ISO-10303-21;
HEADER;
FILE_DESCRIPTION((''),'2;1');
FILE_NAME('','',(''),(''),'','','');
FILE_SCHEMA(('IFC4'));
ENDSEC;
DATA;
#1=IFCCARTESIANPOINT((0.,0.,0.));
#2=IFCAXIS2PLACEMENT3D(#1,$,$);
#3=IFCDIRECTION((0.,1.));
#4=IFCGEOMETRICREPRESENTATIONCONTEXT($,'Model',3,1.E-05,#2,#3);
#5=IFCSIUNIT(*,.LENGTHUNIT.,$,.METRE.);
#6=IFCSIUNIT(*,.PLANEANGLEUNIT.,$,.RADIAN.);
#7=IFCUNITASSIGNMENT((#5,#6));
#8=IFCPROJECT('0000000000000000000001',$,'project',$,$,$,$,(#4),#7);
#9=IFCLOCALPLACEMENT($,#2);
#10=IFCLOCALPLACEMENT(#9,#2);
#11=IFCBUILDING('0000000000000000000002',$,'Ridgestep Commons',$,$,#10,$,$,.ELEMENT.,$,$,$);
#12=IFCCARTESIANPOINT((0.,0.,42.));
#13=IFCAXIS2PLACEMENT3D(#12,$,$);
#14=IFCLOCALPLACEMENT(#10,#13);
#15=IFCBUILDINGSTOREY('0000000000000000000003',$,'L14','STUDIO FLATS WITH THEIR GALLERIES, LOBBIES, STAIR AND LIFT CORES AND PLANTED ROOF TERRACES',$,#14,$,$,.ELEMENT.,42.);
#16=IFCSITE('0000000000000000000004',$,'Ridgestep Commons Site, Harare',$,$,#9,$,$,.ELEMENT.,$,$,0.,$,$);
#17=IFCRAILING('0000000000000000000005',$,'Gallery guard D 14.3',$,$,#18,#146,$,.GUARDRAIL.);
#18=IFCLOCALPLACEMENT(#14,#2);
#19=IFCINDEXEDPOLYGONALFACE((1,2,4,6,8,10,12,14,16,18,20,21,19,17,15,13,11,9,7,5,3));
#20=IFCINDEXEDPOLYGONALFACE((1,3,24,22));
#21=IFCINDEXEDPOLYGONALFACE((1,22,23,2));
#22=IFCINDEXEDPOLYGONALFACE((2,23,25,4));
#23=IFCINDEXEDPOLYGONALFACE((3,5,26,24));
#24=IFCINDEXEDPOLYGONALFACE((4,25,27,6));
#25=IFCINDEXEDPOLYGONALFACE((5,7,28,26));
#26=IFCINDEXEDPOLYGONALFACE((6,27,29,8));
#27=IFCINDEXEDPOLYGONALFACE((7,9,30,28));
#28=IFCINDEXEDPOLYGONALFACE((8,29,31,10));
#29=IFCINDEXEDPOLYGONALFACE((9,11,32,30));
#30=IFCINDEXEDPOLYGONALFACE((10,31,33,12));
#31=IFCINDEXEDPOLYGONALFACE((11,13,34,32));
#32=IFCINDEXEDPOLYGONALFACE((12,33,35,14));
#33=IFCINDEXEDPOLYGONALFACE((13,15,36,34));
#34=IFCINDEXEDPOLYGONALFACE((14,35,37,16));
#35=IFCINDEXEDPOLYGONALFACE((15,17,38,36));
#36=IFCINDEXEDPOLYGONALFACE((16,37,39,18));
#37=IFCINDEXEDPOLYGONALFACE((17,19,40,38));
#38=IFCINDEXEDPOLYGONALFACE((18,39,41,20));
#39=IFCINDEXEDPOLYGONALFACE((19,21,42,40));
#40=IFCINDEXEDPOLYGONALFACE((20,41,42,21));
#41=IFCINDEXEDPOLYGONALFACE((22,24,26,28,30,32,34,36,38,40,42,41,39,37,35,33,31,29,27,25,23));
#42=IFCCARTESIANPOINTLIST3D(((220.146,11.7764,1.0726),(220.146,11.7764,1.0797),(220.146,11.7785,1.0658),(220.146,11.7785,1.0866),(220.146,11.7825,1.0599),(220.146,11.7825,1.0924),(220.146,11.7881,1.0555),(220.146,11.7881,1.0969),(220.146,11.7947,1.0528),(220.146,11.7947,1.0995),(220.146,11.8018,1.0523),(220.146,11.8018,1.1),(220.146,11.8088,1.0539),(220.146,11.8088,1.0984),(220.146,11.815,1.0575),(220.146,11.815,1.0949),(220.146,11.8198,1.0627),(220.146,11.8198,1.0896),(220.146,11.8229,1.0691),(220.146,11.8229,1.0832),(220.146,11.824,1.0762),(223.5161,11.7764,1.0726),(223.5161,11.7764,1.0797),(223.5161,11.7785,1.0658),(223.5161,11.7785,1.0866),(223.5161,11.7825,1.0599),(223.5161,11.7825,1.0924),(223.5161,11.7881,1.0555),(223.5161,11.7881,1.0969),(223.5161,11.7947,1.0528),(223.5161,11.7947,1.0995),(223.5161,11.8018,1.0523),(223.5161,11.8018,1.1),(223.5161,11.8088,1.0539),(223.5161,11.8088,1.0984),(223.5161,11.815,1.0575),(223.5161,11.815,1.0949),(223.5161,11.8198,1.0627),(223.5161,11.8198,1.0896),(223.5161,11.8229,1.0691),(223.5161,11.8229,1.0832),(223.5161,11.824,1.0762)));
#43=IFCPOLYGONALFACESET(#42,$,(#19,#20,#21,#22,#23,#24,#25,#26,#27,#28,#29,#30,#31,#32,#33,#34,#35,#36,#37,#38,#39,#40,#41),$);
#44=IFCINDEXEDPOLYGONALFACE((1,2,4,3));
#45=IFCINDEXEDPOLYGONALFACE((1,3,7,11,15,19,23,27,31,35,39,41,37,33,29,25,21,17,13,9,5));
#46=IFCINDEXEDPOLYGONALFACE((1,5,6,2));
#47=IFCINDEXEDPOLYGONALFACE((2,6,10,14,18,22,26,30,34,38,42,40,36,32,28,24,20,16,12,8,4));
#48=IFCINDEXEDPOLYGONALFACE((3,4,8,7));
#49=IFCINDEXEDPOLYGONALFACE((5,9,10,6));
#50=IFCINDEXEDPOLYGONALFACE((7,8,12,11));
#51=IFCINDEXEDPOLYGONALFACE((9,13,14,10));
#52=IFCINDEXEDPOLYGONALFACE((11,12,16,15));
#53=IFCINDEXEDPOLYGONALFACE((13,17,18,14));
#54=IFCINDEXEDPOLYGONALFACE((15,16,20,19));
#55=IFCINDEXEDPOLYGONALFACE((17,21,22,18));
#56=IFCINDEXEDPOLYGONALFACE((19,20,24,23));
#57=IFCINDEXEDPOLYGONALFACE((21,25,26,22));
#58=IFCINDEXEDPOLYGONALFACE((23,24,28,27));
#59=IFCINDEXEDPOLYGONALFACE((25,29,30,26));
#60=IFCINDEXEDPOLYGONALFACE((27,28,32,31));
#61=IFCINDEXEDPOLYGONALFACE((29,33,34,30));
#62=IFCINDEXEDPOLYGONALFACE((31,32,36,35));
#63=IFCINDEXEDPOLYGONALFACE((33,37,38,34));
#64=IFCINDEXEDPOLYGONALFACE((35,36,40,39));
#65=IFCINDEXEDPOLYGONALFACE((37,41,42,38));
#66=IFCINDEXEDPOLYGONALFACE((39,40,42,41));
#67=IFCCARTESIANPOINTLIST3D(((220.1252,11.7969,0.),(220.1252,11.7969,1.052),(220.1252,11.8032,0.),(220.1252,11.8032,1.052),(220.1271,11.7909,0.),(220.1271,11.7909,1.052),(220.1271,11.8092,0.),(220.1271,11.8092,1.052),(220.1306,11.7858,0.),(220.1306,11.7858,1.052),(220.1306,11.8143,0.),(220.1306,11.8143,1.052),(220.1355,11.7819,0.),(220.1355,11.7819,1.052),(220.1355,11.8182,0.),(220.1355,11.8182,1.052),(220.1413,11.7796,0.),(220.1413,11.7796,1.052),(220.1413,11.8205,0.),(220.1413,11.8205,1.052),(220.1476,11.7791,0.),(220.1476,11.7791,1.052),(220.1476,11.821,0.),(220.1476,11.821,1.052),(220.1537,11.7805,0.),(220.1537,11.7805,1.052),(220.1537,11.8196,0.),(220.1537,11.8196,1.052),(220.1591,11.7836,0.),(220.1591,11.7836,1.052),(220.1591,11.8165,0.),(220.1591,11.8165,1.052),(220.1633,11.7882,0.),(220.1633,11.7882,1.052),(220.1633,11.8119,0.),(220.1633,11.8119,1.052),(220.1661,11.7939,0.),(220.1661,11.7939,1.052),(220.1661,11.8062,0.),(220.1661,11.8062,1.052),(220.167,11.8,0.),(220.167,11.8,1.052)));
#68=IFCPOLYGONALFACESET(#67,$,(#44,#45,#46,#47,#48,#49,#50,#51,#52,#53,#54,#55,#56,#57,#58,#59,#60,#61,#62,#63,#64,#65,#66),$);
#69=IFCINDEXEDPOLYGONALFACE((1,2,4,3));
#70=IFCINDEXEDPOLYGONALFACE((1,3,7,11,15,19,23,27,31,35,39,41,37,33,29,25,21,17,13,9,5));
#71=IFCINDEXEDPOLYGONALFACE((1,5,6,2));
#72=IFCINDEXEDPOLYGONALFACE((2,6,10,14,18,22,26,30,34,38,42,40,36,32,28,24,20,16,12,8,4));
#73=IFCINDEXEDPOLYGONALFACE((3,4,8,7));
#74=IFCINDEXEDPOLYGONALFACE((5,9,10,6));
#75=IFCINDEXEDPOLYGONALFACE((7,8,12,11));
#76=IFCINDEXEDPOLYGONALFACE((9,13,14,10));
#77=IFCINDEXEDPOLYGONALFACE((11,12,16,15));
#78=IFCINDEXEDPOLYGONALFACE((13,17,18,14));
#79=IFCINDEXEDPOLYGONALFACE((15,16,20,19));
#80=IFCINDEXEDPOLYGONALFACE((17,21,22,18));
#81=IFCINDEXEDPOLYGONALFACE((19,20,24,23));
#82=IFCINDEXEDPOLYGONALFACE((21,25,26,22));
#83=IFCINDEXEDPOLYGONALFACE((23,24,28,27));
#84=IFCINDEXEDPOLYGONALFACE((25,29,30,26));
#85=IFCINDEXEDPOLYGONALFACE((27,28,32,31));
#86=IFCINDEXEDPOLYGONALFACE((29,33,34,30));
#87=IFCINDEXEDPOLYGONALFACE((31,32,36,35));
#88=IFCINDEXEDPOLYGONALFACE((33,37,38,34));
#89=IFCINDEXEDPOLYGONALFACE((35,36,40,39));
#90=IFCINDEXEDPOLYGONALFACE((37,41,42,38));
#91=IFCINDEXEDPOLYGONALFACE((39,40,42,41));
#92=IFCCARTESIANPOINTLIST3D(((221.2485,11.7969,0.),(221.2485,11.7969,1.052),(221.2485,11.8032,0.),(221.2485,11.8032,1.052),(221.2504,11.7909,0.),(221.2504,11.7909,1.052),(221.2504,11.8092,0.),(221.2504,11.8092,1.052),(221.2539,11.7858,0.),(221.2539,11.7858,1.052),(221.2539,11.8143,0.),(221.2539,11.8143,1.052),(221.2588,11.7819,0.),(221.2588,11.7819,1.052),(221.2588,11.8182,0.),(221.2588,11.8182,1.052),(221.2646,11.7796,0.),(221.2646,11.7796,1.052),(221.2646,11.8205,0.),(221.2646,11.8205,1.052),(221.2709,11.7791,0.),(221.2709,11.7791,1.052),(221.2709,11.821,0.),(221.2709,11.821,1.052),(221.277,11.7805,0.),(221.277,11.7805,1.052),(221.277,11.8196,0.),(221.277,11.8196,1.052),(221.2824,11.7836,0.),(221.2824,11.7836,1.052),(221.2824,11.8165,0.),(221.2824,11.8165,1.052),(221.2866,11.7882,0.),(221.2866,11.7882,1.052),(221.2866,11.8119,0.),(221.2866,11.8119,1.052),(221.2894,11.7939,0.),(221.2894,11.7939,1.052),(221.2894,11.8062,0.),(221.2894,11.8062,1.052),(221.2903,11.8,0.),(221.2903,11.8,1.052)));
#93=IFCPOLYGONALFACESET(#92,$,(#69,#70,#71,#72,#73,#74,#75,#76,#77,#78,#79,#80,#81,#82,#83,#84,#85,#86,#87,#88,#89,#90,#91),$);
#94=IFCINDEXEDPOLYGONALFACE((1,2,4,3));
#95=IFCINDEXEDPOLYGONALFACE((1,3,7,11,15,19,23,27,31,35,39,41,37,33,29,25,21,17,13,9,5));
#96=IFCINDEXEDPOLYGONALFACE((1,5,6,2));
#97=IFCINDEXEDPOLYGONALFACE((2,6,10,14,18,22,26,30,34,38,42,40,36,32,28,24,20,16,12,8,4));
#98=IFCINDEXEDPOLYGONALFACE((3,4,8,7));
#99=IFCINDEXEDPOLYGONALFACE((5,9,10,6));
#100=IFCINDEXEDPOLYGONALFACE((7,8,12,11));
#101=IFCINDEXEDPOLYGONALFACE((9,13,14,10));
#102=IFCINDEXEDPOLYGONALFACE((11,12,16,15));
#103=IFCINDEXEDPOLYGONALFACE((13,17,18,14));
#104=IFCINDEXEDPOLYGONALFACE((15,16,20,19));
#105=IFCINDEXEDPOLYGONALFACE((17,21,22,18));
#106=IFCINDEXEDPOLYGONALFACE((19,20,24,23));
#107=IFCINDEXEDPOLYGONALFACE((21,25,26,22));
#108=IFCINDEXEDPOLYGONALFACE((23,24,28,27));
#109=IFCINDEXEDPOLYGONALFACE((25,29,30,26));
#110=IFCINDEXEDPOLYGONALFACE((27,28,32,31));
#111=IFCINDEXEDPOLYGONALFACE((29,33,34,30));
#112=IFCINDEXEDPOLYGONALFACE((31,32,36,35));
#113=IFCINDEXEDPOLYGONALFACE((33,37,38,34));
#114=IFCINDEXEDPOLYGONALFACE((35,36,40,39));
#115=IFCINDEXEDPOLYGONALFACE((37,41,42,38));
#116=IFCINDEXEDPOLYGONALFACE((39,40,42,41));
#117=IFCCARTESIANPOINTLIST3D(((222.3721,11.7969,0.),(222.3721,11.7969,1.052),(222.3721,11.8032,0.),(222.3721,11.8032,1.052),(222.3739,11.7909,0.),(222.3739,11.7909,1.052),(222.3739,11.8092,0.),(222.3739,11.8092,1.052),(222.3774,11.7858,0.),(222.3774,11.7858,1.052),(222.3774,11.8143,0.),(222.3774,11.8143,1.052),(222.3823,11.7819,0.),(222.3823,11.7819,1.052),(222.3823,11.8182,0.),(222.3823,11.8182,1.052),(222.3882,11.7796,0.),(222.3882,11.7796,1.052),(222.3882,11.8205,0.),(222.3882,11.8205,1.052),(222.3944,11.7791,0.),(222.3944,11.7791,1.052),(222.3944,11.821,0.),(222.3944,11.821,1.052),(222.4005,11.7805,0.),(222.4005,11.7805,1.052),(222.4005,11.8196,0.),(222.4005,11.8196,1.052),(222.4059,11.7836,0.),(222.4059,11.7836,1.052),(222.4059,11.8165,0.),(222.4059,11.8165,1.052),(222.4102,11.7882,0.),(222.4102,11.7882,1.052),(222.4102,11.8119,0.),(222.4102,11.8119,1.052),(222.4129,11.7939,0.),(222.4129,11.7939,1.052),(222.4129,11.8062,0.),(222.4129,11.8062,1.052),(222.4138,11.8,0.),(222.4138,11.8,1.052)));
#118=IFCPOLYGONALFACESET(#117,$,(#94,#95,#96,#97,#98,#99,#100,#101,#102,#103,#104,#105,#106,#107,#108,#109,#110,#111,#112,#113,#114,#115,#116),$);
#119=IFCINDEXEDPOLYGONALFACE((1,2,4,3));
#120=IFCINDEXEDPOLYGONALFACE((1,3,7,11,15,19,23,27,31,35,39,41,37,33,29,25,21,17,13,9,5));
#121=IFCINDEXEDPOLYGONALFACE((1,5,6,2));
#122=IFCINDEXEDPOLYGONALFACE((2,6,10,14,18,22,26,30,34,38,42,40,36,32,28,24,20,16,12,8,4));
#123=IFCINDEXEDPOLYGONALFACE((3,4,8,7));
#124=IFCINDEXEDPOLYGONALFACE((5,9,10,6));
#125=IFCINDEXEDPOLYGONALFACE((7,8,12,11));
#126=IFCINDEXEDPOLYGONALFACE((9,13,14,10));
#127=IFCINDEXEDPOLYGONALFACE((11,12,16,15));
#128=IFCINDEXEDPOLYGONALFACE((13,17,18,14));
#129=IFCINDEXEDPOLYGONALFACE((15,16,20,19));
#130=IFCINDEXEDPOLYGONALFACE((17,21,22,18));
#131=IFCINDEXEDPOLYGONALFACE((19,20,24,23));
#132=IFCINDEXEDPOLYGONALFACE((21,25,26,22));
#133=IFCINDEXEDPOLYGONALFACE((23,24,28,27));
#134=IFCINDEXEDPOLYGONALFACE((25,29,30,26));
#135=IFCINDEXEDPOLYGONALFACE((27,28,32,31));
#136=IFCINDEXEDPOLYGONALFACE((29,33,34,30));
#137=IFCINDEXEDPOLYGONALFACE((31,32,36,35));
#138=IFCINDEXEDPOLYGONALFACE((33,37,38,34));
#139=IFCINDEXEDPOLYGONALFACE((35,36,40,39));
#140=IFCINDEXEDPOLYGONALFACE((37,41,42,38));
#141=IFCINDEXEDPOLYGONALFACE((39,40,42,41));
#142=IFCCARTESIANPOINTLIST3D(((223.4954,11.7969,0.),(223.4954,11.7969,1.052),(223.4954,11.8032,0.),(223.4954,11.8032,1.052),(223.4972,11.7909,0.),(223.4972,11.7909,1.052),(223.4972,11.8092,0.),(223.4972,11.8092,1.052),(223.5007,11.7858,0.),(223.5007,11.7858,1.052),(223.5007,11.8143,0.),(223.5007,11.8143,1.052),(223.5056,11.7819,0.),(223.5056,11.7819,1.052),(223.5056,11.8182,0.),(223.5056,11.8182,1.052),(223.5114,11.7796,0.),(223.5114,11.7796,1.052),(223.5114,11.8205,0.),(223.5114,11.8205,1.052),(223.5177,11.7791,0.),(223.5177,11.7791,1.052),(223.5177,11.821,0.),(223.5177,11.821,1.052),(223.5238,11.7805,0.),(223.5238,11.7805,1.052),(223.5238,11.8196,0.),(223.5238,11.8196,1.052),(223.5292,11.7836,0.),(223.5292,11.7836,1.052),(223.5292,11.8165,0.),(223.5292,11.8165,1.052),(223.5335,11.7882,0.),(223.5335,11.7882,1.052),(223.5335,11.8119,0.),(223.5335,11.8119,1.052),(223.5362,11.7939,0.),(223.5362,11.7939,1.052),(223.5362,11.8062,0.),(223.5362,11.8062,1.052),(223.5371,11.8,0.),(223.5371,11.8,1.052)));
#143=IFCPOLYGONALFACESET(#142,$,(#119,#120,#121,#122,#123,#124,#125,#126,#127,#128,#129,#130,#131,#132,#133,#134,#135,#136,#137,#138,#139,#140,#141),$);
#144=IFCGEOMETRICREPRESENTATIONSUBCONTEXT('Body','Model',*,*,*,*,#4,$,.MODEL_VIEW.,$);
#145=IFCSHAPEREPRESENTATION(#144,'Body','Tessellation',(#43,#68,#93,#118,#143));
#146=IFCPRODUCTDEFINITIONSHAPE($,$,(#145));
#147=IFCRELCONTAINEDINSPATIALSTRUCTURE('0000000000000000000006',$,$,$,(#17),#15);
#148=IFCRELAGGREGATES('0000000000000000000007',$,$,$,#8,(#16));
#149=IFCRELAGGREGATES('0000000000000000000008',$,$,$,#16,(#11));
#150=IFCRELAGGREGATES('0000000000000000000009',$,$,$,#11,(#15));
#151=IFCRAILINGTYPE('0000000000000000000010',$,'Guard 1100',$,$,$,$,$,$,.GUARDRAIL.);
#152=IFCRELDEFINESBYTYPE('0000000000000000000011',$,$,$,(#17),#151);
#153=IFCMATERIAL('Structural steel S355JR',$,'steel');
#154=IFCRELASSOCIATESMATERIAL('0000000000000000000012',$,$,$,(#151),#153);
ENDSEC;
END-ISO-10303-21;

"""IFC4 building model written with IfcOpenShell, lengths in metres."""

from ifc_helpers import new_model, si_unit, direction, frame, origin, origin_2d, place, context, subcontext, project, spatial, circle, extrude, material, type_object, element, save


model = new_model("IFC4")

# Units and contexts
model_context = context("Model", 3, precision=1e-05, world=origin(), true_north=direction((0.0, 1.0)))
body_context = subcontext(model_context, "Body", "Model", "MODEL_VIEW")
ifc_project = project(units=[si_unit("LENGTHUNIT", "METRE"), si_unit("PLANEANGLEUNIT", "RADIAN")], contexts=[model_context])

# Site, building, storey
site_placement = place(None, origin())
site = spatial("IfcSite", under=ifc_project, at=site_placement, Name="Ridgestep Commons Site, Harare", CompositionType="ELEMENT", RefElevation=0.0)
building_placement = place(site_placement, origin())
building = spatial("IfcBuilding", under=site, at=building_placement, Name="Ridgestep Commons", CompositionType="ELEMENT")
storey_placement = place(building_placement, frame((0.0, 0.0, 42.0)))
storey = spatial("IfcBuildingStorey", under=building, at=storey_placement, Name="L14", Description="STUDIO FLATS WITH THEIR GALLERIES, LOBBIES, STAIR AND LIFT CORES AND PLANTED ROOF TERRACES", CompositionType="ELEMENT", Elevation=42.0)

# Railing
ifc_material_1 = material(Name="Structural steel S355JR", Category="steel")
railing_type = type_object("IfcRailingType", Name="Guard 1100", PredefinedType="GUARDRAIL", material=ifc_material_1)
railing_1_placement = place(storey_placement, frame((220.146, 11.8, 0.0)))
element("IfcRailing", 1, at=railing_1_placement, inside=storey, type_object=railing_type, Name="Gallery guard D 14.3", PredefinedType="GUARDRAIL", context=body_context, shape_type="SweptSolid", body=[
    extrude(circle(Radius=0.0239, at=origin_2d()), frame((0.0, 0.0, 1.0762), z_axis=(1.0, 0.0, 0.0), x_axis=(0.0, 1.0, 0.0)), (0.0, 0.0, 1.0), 3.3701),
    extrude(circle(Radius=0.021, at=origin_2d()), origin(), (0.0, 0.0, 1.0), 1.052),
    extrude(circle(Radius=0.021, at=origin_2d()), frame((1.1233, 0.0, 0.0)), (0.0, 0.0, 1.0), 1.052),
    extrude(circle(Radius=0.021, at=origin_2d()), frame((2.2468, 0.0, 0.0)), (0.0, 0.0, 1.0), 1.052),
    extrude(circle(Radius=0.021, at=origin_2d()), frame((3.3701, 0.0, 0.0)), (0.0, 0.0, 1.0), 1.052),
])

save(model, "model.ifc")
